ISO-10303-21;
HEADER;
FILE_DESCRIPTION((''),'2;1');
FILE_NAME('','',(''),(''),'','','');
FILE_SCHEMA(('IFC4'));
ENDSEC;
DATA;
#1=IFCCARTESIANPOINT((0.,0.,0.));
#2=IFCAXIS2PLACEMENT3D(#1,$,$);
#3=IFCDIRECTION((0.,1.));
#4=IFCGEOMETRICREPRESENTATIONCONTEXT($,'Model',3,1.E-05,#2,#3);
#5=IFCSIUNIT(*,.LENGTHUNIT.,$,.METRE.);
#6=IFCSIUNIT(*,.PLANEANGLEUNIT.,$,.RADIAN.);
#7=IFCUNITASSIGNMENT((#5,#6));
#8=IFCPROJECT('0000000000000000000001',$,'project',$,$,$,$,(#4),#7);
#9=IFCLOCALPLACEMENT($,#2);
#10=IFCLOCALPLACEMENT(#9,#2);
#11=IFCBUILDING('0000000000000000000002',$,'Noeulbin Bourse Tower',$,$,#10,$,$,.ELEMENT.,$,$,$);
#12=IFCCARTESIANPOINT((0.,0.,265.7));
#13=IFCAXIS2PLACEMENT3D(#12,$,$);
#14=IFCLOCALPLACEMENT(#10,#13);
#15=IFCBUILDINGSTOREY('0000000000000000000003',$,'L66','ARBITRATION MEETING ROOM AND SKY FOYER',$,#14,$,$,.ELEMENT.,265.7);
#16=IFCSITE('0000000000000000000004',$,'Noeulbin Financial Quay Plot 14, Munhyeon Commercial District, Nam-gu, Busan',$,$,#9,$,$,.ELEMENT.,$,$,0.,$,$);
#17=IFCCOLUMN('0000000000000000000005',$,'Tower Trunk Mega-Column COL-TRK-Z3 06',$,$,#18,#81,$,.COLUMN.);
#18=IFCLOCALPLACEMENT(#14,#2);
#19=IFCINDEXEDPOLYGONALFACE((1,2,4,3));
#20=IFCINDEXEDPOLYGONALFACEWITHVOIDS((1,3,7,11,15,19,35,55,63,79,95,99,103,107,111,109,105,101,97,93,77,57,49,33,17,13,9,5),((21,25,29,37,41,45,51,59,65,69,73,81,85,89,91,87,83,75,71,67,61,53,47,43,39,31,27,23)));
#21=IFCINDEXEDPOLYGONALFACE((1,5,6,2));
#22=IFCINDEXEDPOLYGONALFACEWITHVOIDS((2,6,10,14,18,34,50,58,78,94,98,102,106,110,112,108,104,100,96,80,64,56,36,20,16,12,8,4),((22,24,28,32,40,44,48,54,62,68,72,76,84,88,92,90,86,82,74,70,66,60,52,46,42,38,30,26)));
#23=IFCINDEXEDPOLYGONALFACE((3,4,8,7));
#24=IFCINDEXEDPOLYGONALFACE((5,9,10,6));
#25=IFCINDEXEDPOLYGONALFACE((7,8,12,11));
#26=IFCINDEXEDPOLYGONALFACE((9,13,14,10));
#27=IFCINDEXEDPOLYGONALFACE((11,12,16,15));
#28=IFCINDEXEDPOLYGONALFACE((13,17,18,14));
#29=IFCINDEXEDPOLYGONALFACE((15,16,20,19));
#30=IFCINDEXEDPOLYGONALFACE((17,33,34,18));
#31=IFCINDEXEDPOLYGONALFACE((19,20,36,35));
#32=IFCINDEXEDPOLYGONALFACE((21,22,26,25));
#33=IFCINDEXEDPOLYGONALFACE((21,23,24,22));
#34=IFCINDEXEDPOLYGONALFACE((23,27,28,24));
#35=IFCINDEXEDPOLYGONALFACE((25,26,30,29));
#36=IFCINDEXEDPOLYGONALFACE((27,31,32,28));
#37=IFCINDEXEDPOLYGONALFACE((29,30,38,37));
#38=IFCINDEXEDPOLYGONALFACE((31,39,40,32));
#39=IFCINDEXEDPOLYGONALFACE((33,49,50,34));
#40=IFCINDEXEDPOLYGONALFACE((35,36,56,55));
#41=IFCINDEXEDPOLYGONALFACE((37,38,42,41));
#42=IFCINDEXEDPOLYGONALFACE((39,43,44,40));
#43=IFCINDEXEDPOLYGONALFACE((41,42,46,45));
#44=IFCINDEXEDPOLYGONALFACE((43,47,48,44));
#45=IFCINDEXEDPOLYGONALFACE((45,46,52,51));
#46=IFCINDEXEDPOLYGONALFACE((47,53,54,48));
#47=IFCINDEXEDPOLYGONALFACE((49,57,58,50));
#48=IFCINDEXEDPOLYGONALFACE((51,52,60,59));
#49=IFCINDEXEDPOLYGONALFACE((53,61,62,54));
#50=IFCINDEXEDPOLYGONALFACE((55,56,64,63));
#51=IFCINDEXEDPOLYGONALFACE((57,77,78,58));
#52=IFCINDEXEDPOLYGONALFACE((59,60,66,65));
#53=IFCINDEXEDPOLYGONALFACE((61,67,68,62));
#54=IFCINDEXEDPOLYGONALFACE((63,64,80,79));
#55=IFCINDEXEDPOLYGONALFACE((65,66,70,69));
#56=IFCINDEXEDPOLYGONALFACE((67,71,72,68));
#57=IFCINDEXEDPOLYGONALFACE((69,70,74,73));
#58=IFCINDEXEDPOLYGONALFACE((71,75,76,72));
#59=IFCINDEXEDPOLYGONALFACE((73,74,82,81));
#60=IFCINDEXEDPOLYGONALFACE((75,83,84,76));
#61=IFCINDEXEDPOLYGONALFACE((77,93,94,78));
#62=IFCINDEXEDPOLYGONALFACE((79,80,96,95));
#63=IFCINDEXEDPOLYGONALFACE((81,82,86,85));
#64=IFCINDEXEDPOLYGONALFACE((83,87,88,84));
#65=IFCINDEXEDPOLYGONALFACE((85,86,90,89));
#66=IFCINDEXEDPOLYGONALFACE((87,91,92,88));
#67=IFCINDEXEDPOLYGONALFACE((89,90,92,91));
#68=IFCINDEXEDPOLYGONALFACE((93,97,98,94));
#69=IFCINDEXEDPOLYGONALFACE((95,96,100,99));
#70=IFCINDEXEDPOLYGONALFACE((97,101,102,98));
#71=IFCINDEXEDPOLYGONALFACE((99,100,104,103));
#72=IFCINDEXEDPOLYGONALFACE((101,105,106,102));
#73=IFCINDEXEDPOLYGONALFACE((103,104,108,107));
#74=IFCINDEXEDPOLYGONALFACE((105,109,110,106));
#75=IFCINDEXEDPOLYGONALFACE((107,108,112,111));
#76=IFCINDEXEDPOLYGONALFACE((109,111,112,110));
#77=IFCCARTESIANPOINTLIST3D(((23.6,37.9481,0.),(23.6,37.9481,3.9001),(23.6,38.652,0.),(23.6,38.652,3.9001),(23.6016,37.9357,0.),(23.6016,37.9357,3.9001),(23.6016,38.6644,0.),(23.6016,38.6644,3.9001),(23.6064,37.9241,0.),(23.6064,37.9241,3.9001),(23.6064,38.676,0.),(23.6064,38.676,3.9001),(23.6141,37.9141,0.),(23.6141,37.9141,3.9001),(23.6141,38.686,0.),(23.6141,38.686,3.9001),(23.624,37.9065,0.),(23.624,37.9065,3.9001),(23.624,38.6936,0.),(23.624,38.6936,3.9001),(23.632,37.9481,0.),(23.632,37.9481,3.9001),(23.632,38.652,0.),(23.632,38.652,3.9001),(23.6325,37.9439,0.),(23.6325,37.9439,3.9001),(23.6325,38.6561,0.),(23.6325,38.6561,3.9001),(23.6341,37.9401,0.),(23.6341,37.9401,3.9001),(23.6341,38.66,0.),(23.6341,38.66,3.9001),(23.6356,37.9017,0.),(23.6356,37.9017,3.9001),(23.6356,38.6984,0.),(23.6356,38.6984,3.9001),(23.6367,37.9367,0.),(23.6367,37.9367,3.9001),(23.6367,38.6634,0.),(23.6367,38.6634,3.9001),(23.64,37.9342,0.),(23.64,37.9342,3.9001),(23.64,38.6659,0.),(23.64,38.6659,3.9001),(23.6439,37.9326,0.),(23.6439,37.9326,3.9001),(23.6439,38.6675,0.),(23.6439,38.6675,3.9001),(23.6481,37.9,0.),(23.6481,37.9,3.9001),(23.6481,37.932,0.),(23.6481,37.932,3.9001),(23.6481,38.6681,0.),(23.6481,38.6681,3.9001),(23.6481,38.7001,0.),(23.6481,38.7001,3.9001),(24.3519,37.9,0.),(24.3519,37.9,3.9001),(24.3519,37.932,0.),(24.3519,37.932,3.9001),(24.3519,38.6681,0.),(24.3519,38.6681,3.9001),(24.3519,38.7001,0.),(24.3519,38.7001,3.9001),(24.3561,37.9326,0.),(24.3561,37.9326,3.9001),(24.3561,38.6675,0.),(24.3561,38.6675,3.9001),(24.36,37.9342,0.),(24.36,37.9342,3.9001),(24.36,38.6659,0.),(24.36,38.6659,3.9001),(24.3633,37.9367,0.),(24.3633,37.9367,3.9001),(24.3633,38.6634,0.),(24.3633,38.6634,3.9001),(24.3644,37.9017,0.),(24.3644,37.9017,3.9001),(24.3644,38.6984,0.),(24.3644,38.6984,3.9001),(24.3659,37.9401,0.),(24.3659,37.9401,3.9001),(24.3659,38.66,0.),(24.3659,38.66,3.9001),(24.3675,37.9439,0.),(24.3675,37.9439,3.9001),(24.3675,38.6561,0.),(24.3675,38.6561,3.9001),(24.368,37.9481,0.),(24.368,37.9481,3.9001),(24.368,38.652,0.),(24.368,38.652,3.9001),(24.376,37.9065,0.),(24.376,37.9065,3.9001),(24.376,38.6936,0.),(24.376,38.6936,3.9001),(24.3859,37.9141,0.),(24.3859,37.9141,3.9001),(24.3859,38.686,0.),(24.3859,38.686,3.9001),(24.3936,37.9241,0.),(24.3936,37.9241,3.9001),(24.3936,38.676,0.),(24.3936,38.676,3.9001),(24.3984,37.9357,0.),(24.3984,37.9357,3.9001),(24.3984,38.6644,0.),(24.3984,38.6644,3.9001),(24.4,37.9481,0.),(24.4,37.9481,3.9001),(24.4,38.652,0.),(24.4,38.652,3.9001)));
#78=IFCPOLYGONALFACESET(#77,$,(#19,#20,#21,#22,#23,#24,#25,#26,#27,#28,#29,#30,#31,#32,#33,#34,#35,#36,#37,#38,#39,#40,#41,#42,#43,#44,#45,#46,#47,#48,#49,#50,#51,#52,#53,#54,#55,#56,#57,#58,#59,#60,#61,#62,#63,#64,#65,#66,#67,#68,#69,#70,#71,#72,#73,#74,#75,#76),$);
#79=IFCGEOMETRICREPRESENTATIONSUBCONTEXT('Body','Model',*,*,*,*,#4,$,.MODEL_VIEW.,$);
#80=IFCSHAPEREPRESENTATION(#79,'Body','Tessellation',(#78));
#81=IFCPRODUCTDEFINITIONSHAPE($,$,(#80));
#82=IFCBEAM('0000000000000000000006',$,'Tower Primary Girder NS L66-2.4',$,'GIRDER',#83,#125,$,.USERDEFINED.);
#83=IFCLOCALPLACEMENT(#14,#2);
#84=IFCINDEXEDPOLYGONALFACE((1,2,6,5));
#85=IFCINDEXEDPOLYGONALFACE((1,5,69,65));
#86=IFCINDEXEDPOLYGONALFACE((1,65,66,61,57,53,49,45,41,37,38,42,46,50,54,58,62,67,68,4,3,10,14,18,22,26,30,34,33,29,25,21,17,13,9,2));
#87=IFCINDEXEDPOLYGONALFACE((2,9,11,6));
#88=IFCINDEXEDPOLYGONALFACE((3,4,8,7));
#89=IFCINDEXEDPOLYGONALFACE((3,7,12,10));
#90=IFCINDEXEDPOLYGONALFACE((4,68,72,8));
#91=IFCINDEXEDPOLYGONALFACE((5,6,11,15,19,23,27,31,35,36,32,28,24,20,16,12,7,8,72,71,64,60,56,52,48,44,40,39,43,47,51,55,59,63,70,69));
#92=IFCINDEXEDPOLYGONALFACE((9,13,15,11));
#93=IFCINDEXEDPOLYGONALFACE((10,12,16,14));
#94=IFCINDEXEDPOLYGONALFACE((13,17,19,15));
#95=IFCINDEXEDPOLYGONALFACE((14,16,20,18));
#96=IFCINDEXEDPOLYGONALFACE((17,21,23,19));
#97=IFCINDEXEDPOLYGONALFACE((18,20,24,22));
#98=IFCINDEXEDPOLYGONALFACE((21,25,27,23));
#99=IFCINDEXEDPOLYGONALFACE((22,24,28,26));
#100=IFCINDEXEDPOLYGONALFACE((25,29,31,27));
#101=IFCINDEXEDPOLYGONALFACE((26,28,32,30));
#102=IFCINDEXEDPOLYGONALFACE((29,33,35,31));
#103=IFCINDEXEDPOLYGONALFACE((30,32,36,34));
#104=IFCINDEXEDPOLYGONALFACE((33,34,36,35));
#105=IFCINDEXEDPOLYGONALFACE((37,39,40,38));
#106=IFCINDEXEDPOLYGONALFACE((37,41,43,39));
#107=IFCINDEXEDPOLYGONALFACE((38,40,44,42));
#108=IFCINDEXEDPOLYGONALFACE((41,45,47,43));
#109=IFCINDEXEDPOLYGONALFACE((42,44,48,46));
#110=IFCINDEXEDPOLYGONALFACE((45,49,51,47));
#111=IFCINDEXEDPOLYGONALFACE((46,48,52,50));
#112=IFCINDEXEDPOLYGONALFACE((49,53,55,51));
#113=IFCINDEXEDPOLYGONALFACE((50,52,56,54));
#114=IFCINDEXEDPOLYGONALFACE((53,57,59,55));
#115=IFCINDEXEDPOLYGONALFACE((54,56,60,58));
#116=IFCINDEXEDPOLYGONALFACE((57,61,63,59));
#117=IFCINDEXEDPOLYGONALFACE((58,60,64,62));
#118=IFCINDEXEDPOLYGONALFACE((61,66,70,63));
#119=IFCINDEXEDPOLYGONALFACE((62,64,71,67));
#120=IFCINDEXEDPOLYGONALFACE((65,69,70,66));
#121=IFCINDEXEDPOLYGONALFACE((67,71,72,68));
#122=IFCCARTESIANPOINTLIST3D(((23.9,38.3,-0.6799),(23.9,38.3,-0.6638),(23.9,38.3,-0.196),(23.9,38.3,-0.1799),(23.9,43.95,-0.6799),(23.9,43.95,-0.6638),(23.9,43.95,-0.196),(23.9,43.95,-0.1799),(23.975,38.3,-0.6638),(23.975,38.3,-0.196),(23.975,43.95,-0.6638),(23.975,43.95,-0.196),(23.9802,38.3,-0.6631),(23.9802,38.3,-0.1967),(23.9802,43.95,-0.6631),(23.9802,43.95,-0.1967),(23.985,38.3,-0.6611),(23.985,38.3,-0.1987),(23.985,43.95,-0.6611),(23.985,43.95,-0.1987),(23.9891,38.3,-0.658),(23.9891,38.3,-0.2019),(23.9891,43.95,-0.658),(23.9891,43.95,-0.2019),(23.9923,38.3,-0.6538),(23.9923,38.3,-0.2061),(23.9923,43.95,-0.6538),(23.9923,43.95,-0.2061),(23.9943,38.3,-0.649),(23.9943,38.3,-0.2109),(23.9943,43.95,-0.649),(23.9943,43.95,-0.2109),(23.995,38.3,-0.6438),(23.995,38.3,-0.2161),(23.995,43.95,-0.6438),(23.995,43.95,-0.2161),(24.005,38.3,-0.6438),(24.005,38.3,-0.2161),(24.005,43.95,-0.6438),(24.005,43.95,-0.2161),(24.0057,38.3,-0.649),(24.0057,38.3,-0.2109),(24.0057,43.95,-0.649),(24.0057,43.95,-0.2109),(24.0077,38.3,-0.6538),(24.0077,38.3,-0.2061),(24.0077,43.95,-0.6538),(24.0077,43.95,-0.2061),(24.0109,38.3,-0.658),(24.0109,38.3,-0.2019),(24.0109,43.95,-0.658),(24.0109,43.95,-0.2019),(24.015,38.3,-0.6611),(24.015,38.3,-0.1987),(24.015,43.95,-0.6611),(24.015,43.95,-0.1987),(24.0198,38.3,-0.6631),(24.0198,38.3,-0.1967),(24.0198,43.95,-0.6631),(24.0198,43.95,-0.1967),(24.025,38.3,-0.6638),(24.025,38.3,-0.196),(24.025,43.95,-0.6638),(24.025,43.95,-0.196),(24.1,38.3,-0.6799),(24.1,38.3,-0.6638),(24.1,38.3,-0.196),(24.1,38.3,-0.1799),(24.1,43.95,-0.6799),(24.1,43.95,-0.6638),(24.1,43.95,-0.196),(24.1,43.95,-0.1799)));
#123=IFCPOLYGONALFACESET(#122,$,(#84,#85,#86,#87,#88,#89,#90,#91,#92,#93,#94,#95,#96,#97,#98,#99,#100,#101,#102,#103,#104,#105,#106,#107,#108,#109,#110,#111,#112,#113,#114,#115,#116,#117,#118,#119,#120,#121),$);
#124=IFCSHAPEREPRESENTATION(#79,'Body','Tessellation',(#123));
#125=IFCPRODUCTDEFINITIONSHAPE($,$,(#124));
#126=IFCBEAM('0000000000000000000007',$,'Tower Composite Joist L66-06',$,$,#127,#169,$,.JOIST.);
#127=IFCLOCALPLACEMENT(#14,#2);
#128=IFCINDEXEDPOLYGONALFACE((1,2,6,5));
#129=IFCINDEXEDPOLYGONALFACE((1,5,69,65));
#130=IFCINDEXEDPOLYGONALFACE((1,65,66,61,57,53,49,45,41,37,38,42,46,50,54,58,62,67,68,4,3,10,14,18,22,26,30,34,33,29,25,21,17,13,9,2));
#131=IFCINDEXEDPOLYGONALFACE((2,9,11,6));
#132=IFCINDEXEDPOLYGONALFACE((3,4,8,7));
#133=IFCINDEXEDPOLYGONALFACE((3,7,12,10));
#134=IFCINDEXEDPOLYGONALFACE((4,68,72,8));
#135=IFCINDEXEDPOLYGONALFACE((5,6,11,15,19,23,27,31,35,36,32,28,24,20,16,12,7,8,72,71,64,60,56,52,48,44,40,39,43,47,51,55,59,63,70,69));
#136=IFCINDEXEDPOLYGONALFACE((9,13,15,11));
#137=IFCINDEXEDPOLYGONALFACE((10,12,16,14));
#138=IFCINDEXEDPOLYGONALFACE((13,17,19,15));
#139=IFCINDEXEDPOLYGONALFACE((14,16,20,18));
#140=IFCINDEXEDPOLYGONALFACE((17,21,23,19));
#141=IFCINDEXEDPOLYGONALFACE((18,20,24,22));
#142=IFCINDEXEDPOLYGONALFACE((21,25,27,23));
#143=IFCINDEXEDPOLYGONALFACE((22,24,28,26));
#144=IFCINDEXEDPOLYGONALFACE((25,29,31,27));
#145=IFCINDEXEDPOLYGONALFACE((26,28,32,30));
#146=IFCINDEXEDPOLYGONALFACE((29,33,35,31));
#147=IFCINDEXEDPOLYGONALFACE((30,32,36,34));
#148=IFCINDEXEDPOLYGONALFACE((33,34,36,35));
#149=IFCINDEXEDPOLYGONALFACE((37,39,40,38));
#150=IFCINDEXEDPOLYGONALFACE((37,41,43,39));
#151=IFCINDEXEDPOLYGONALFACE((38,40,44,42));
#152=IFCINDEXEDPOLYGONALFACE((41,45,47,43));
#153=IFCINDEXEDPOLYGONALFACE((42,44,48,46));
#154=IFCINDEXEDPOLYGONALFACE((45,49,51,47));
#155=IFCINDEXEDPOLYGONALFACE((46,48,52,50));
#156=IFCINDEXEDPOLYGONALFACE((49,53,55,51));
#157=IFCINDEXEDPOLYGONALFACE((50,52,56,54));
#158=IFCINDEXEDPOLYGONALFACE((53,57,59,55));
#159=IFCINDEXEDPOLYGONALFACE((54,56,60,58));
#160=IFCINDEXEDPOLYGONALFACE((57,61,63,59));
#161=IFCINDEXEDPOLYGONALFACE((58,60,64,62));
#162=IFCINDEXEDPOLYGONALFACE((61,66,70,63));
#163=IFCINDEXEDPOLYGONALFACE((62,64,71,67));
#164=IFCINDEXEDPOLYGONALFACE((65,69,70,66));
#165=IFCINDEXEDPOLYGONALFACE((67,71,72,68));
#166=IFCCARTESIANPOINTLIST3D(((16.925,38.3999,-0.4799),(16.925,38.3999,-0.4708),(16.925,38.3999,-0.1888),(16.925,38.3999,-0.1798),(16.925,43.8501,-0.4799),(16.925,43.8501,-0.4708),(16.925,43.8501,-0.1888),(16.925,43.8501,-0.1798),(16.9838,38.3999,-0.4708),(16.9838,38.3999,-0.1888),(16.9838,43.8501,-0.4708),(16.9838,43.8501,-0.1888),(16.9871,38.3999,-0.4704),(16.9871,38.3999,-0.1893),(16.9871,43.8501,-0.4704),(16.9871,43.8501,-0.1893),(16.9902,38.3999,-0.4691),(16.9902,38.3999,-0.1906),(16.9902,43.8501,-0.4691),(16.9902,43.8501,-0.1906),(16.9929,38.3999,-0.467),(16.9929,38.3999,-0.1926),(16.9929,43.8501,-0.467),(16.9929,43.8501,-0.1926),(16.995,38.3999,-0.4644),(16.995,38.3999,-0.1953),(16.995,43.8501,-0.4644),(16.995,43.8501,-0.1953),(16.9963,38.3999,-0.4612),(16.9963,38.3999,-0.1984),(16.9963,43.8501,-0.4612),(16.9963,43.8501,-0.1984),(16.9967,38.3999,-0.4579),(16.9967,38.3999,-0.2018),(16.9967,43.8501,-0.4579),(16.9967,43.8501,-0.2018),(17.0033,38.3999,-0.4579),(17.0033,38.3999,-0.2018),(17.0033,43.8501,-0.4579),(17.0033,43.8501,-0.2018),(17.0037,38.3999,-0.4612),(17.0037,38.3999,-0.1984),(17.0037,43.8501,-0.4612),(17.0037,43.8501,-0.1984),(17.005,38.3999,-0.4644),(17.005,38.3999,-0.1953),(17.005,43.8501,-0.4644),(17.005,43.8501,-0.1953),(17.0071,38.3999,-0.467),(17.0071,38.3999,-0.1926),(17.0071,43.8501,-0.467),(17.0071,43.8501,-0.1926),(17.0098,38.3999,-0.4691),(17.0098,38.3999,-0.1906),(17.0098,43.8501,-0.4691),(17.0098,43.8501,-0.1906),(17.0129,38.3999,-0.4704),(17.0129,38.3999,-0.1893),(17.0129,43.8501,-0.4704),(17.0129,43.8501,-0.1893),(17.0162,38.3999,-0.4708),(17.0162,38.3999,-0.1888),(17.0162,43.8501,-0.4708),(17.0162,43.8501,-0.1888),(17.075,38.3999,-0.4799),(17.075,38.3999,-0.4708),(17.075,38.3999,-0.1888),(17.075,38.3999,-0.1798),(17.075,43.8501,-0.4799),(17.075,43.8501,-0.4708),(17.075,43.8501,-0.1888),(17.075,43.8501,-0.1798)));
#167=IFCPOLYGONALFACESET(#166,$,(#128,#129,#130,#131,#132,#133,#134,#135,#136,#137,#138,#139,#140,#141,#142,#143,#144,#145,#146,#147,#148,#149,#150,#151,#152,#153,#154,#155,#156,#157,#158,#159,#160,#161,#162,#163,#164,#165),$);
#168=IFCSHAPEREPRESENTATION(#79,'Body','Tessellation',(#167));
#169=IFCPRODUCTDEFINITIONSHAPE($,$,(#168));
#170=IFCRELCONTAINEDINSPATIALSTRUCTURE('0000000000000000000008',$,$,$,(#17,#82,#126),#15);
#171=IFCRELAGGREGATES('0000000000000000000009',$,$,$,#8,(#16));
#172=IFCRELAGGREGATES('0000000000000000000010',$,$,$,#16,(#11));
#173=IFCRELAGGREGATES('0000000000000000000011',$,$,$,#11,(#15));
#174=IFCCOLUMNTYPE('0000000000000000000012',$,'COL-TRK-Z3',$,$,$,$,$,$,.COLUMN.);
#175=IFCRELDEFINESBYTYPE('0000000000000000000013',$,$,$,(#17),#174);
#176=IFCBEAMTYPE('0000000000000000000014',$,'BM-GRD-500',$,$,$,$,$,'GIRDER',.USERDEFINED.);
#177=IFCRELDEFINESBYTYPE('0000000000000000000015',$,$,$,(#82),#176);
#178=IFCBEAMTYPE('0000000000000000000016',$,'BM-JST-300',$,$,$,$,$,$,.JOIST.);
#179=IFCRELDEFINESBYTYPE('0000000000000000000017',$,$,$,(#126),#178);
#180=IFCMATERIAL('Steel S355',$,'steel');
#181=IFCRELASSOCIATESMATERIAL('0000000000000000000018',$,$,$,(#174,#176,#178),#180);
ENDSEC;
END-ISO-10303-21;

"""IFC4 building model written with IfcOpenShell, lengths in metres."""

from ifc_helpers import new_model, si_unit, direction, frame, origin, origin_2d, place, context, subcontext, project, spatial, hollow_rectangle, i_section, extrude, material, material_profile, profile_set, type_object, element, save


model = new_model("IFC4")

# Units and contexts
model_context = context("Model", 3, precision=1e-05, world=origin(), true_north=direction((0.0, 1.0)))
body_context = subcontext(model_context, "Body", "Model", "MODEL_VIEW")
ifc_project = project(units=[si_unit("LENGTHUNIT", "METRE"), si_unit("PLANEANGLEUNIT", "RADIAN")], contexts=[model_context])

# Site, building, storey
site_placement = place(None, origin())
site = spatial("IfcSite", under=ifc_project, at=site_placement, Name="Noeulbin Financial Quay Plot 14, Munhyeon Commercial District, Nam-gu, Busan", CompositionType="ELEMENT", RefElevation=0.0)
building_placement = place(site_placement, origin())
building = spatial("IfcBuilding", under=site, at=building_placement, Name="Noeulbin Bourse Tower", CompositionType="ELEMENT")
storey_placement = place(building_placement, frame((0.0, 0.0, 265.7)))
storey = spatial("IfcBuildingStorey", under=building, at=storey_placement, Name="L66", Description="ARBITRATION MEETING ROOM AND SKY FOYER", CompositionType="ELEMENT", Elevation=265.7)

# Column
ifc_material_1 = material(Name="Steel S355", Category="steel")
ifc_material_profile_1 = material_profile(ifc_material_1, hollow_rectangle(XDim=0.8, YDim=0.8, WallThickness=0.032, InnerFilletRadius=0.0161, OuterFilletRadius=0.0481, at=origin_2d()), Name="BOX-800x800x32", Category="LoadBearing")
ifc_profile_set_1 = profile_set([ifc_material_profile_1], Name="Steel S355")
column_type_1 = type_object("IfcColumnType", Name="COL-TRK-Z3", PredefinedType="COLUMN", material=ifc_profile_set_1)
for number, where, z_axis, x_axis, name in (
    (1, (24.0, 38.3, 0.0), (0.0, 0.0, 1.0), (1.0, 0.0, 0.0), "Tower Trunk Mega-Column COL-TRK-Z3 06"),
):
    element("IfcColumn", number, at=place(storey_placement, frame(where, z_axis=z_axis, x_axis=x_axis)), inside=storey, type_object=column_type_1, Name=name, PredefinedType="COLUMN", context=body_context, shape_type="SweptSolid", body=[
        extrude(hollow_rectangle(XDim=0.8, YDim=0.8, WallThickness=0.032, InnerFilletRadius=0.0161, OuterFilletRadius=0.0481, at=origin_2d()), origin(), (0.0, 0.0, 1.0), 3.9001),
    ])

# Beams
ifc_material_profile_2 = material_profile(ifc_material_1, i_section(OverallWidth=0.2, OverallDepth=0.5, WebThickness=0.01, FlangeThickness=0.0161, FilletRadius=0.02, at=origin_2d()), Name="H-500x200x10x16", Category="LoadBearing")
ifc_profile_set_2 = profile_set([ifc_material_profile_2], Name="Steel S355")
beam_type_1 = type_object("IfcBeamType", Name="BM-GRD-500", ElementType="GIRDER", PredefinedType="USERDEFINED", material=ifc_profile_set_2)
beam_1_placement = place(storey_placement, frame((24.0, 38.3, -0.4299), z_axis=(0.0, 1.0, 0.0), x_axis=(-1.0, 0.0, 0.0)))
element("IfcBeam", 2, at=beam_1_placement, inside=storey, type_object=beam_type_1, Name="Tower Primary Girder NS L66-2.4", ObjectType="GIRDER", PredefinedType="USERDEFINED", context=body_context, shape_type="SweptSolid", body=[
    extrude(i_section(OverallWidth=0.2, OverallDepth=0.5, WebThickness=0.01, FlangeThickness=0.0161, FilletRadius=0.02, at=origin_2d()), origin(), (0.0, 0.0, 1.0), 5.6499),
])
ifc_material_profile_3 = material_profile(ifc_material_1, i_section(OverallWidth=0.1499, OverallDepth=0.3, WebThickness=0.0066, FlangeThickness=0.009, FilletRadius=0.0129, at=origin_2d()), Name="H-300x150x6.5x9", Category="LoadBearing")
ifc_profile_set_3 = profile_set([ifc_material_profile_3], Name="Steel S355")
beam_type_2 = type_object("IfcBeamType", Name="BM-JST-300", PredefinedType="JOIST", material=ifc_profile_set_3)
for number, where, z_axis, x_axis, name in (
    (3, (17.0, 38.3999, -0.3298), (0.0, 1.0, 0.0), (-1.0, 0.0, 0.0), "Tower Composite Joist L66-06"),
):
    element("IfcBeam", number, at=place(storey_placement, frame(where, z_axis=z_axis, x_axis=x_axis)), inside=storey, type_object=beam_type_2, Name=name, PredefinedType="JOIST", context=body_context, shape_type="SweptSolid", body=[
        extrude(i_section(OverallWidth=0.1499, OverallDepth=0.3, WebThickness=0.0066, FlangeThickness=0.009, FilletRadius=0.0129, at=origin_2d()), origin(), (0.0, 0.0, 1.0), 5.4502),
    ])

save(model, "model.ifc")
